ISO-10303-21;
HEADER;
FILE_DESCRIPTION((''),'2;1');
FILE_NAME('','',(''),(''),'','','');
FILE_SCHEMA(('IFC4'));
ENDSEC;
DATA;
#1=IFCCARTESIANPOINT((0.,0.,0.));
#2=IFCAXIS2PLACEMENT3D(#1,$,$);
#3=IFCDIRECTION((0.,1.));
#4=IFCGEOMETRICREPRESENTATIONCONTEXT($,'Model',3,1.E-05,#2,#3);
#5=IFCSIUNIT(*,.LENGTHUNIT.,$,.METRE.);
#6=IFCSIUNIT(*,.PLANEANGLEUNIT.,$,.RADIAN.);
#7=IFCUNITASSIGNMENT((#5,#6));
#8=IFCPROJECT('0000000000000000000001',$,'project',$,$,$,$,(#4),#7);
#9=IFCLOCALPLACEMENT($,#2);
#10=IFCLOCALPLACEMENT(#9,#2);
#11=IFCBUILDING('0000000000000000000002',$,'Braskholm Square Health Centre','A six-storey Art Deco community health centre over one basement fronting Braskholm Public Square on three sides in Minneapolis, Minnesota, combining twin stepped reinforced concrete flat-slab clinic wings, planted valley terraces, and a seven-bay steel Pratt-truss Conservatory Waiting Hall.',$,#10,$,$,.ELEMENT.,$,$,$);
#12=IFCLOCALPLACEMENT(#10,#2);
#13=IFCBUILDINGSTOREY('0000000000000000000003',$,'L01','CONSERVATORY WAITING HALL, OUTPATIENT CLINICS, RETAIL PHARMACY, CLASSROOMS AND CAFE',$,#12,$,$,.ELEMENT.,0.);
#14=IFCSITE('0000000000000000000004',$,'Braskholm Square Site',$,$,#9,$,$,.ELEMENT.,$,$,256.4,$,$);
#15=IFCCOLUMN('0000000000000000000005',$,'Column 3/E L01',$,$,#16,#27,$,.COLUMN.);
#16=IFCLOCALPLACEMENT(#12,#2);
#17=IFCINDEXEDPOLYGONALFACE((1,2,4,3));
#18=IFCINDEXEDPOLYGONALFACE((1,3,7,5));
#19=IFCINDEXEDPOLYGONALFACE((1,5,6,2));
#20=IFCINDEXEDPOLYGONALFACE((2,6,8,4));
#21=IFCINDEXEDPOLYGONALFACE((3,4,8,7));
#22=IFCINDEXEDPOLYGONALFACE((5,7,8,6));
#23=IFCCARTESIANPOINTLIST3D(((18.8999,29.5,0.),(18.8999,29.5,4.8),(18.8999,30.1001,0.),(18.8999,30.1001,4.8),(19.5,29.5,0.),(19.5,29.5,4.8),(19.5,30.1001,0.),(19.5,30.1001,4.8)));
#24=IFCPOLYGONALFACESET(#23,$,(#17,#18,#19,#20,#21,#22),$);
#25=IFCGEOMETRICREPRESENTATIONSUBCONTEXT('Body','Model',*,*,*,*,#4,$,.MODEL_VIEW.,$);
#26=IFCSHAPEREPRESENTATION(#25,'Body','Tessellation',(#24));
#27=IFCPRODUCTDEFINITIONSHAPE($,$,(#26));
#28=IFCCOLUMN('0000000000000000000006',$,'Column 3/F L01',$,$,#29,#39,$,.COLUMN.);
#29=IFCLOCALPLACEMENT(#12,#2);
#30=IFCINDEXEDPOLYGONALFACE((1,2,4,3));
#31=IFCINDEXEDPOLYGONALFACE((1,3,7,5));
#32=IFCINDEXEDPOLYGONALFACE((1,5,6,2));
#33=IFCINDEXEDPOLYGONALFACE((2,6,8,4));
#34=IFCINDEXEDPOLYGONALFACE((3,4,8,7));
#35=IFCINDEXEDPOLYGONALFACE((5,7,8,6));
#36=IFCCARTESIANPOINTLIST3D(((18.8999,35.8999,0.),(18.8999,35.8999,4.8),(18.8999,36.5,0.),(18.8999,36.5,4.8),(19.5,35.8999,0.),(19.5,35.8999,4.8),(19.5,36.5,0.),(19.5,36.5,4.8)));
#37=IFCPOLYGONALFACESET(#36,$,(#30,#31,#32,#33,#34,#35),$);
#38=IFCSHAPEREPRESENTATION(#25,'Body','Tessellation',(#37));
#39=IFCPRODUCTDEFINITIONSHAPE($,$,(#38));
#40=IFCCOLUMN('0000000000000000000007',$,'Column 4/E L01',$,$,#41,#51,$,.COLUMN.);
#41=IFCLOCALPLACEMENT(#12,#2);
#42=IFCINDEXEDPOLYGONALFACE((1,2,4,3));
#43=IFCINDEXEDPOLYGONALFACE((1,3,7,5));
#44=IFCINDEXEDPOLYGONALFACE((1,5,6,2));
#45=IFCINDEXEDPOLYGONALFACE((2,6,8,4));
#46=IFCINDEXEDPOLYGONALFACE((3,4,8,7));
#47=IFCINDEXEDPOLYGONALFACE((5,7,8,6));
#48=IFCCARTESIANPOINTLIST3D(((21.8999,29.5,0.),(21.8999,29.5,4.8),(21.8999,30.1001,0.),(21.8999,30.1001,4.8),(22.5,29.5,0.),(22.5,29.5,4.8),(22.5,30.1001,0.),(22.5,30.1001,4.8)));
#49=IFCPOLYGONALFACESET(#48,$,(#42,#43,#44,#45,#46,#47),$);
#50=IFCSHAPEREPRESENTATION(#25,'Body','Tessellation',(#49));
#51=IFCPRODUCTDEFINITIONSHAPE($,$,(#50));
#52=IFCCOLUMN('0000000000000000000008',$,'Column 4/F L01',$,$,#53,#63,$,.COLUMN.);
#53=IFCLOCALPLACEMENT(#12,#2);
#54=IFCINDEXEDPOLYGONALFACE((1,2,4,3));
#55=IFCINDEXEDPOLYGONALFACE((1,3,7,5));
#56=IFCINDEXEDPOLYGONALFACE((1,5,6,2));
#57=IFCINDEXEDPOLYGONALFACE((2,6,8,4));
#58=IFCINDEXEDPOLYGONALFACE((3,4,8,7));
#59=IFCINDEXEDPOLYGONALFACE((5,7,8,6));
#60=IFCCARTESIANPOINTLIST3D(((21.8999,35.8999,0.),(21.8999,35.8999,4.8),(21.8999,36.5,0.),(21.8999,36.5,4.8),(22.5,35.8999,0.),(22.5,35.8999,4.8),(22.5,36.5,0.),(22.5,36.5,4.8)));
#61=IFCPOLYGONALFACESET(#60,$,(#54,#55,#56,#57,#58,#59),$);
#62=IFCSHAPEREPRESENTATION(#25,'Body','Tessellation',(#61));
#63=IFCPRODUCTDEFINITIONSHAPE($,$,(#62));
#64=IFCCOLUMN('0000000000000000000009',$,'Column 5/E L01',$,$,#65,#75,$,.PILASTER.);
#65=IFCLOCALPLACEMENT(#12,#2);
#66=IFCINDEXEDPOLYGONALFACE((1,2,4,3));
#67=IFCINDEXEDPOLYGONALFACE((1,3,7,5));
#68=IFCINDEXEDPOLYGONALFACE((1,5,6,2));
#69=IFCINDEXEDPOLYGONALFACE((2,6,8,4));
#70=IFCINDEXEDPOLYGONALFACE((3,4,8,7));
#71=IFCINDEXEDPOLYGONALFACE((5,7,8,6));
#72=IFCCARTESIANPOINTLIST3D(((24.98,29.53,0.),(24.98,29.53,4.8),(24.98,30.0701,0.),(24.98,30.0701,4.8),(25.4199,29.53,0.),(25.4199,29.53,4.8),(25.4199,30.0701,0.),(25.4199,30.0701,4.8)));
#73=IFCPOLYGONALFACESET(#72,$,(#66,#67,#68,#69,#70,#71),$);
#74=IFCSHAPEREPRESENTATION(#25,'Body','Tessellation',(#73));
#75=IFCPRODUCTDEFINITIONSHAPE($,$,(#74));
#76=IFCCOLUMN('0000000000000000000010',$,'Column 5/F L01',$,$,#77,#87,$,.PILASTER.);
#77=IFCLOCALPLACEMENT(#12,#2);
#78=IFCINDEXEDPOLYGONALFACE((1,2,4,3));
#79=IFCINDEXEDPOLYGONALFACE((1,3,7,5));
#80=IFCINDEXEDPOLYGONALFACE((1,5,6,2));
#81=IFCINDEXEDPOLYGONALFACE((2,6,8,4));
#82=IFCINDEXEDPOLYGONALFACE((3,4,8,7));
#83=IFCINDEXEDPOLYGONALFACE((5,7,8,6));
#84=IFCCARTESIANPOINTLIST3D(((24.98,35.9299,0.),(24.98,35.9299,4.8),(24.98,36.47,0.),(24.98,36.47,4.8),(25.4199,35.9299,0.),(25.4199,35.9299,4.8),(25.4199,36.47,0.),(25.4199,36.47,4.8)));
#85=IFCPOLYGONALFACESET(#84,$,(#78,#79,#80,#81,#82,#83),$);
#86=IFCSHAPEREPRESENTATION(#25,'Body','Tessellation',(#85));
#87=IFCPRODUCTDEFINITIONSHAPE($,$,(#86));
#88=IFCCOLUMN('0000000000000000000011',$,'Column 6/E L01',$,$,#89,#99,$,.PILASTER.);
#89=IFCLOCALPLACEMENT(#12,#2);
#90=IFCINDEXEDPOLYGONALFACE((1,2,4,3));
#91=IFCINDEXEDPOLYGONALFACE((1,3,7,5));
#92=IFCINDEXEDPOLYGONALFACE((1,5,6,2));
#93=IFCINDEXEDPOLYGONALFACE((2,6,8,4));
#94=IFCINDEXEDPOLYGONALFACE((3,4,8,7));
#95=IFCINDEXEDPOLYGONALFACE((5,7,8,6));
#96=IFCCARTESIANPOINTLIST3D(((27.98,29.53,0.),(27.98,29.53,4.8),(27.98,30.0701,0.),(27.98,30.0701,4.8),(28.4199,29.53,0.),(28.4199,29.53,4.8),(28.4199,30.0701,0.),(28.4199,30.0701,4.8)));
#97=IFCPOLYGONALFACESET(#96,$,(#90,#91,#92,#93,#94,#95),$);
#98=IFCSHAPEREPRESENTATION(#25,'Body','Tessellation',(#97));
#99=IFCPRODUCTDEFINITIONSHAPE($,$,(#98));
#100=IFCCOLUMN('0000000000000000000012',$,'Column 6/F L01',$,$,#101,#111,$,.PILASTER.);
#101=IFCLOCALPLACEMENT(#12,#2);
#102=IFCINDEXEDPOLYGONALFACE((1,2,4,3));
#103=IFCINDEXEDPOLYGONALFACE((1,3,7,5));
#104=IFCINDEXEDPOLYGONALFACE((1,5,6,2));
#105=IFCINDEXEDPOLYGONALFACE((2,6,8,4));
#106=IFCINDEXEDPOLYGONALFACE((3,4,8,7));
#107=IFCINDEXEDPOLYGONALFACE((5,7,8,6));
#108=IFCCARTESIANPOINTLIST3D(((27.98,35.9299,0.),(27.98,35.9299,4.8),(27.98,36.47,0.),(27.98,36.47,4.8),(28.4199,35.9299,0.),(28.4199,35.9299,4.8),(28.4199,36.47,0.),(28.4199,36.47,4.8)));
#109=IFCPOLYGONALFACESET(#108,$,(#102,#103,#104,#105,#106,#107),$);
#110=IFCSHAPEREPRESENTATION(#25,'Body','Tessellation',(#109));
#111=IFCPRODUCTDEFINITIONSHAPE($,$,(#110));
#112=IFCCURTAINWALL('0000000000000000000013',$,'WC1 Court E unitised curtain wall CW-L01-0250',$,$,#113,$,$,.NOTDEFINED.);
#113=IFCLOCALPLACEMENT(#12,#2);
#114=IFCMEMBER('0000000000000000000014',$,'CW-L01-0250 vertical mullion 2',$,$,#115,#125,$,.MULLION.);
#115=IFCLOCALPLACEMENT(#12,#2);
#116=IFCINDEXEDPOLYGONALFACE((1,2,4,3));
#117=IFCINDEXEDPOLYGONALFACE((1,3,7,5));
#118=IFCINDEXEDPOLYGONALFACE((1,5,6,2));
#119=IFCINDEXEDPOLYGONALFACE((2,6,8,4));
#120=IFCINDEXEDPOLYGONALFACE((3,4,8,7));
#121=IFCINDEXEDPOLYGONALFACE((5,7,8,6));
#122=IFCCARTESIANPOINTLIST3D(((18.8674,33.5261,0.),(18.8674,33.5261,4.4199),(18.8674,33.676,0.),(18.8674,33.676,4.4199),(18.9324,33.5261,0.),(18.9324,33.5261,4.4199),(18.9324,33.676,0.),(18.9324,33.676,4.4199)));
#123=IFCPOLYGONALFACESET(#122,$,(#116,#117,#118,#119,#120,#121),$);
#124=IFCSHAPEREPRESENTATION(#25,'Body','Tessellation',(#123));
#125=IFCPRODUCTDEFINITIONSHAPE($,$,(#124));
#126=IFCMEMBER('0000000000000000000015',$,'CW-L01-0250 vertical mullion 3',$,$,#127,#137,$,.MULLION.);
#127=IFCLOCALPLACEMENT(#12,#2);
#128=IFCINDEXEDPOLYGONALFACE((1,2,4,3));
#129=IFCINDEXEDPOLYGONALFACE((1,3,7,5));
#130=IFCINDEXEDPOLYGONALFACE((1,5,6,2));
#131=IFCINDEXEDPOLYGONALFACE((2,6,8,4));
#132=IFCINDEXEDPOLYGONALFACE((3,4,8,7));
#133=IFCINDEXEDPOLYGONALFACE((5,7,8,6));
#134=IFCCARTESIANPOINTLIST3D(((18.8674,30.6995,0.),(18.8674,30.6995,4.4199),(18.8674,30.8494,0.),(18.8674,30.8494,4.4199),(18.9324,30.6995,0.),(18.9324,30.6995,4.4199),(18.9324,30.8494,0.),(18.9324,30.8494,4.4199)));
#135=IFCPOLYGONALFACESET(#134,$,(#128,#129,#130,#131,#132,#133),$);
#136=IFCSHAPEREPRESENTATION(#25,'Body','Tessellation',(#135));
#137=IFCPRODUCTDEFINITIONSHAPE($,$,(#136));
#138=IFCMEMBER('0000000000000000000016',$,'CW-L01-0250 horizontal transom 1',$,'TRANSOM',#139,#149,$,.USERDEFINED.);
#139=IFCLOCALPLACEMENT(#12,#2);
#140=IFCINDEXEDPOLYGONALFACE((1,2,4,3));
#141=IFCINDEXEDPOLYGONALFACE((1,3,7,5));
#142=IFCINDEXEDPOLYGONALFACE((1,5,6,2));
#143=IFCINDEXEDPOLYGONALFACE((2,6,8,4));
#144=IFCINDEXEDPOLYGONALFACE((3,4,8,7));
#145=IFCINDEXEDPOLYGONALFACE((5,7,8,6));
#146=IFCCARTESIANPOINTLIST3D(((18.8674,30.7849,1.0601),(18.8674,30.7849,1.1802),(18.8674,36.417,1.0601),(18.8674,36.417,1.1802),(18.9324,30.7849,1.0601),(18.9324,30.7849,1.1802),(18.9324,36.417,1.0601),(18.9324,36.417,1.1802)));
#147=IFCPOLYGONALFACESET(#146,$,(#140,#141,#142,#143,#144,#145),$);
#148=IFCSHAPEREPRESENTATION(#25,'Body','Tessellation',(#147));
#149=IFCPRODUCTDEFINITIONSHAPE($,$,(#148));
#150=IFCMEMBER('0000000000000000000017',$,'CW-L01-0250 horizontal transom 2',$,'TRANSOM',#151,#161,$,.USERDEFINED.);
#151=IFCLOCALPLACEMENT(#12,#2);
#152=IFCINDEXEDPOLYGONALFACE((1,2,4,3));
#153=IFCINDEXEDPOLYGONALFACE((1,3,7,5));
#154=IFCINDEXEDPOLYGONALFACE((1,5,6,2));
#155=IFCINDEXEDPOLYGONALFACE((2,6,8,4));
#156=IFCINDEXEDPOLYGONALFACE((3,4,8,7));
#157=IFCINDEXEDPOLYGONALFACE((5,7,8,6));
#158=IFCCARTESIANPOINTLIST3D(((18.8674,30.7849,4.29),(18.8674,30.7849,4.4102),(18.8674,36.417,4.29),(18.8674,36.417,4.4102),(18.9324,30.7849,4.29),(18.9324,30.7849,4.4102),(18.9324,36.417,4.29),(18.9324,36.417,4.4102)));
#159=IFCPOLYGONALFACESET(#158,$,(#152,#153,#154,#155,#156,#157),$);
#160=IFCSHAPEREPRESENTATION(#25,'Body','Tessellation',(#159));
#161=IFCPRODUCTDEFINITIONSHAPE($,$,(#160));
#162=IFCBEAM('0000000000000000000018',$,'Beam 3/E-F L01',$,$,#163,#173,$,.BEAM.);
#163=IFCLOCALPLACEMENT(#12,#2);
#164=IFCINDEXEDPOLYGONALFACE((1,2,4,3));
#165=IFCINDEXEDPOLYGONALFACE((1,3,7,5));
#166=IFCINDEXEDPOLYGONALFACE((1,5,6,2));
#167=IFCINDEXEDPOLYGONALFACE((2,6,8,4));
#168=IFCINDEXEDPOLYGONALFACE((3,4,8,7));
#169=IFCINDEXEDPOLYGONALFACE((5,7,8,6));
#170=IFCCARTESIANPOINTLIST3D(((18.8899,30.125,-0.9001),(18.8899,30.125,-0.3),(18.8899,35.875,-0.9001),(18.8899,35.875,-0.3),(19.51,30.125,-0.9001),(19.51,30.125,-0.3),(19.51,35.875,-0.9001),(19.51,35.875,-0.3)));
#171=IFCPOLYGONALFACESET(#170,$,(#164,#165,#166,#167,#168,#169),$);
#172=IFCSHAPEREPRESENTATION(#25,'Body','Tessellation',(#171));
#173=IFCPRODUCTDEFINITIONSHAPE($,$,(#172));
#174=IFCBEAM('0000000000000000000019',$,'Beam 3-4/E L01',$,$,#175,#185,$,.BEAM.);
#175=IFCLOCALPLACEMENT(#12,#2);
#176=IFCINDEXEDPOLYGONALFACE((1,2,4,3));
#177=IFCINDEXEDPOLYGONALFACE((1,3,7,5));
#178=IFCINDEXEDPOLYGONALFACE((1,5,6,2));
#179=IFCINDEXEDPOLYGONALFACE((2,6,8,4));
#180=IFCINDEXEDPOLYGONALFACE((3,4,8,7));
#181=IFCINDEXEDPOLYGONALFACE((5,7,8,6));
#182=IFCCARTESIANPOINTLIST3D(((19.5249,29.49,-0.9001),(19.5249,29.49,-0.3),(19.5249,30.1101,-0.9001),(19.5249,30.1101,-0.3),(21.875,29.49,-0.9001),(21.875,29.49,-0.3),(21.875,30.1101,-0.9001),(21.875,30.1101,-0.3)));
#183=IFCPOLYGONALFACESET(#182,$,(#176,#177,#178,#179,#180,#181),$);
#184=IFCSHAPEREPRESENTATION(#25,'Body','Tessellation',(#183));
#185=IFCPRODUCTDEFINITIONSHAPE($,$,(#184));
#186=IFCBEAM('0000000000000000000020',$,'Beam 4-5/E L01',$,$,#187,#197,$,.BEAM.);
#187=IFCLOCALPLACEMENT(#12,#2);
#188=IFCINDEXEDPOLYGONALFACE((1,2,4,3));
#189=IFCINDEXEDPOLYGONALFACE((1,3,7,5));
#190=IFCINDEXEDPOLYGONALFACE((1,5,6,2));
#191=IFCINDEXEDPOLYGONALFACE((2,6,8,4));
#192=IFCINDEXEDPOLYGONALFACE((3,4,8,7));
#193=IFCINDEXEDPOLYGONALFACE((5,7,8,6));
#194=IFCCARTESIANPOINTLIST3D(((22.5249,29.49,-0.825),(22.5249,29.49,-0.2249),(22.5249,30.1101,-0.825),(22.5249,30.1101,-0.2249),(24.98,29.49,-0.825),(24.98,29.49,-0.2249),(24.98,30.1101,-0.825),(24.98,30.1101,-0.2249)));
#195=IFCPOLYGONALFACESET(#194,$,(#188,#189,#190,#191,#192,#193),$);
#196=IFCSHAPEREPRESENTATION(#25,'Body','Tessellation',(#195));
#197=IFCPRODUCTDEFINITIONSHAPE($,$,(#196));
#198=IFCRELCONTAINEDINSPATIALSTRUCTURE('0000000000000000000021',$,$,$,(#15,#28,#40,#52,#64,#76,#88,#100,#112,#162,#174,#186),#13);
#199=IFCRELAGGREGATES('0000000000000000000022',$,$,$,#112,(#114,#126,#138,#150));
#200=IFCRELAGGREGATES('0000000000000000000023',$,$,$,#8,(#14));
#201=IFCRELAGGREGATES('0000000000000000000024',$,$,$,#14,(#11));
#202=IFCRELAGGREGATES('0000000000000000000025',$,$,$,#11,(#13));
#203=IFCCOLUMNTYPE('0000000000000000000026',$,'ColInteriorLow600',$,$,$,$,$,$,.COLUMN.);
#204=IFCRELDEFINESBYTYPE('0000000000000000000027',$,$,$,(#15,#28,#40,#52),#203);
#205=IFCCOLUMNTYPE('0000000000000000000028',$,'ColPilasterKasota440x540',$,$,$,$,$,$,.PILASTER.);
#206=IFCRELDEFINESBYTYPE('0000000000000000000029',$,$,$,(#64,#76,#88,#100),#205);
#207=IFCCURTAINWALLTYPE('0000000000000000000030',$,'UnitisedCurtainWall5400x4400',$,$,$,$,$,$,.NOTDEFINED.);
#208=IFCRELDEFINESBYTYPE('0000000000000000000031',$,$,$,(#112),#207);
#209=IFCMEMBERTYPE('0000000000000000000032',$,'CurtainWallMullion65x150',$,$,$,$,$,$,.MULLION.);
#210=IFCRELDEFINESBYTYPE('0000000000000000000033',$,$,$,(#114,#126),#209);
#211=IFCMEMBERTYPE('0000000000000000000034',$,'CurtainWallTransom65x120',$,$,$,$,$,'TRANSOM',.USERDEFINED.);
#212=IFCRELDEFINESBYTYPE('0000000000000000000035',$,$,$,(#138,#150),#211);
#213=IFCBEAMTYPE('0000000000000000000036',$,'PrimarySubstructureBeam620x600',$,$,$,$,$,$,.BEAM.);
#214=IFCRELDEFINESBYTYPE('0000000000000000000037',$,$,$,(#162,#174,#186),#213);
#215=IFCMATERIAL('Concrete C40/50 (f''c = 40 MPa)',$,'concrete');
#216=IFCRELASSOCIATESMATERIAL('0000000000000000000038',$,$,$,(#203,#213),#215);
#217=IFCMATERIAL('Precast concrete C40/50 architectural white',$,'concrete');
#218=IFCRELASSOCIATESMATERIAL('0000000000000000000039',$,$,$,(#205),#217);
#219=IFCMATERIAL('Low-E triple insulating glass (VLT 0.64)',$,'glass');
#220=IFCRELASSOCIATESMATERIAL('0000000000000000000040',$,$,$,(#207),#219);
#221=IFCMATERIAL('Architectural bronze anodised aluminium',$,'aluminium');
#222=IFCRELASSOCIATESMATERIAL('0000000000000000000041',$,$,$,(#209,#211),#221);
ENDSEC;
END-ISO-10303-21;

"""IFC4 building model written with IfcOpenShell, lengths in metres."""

from ifc_helpers import new_model, si_unit, direction, frame, origin, origin_2d, place, context, subcontext, project, spatial, rectangle, extrude, material, material_profile, profile_set, type_object, element, aggregate, save


model = new_model("IFC4")

# Units and contexts
model_context = context("Model", 3, precision=1e-05, world=origin(), true_north=direction((0.0, 1.0)))
body_context = subcontext(model_context, "Body", "Model", "MODEL_VIEW")
ifc_project = project(units=[si_unit("LENGTHUNIT", "METRE"), si_unit("PLANEANGLEUNIT", "RADIAN")], contexts=[model_context])

# Site, building, storey
site_placement = place(None, origin())
site = spatial("IfcSite", under=ifc_project, at=site_placement, Name="Braskholm Square Site", CompositionType="ELEMENT", RefElevation=256.4)
building_placement = place(site_placement, origin())
building = spatial("IfcBuilding", under=site, at=building_placement, Name="Braskholm Square Health Centre", Description="A six-storey Art Deco community health centre over one basement fronting Braskholm Public Square on three sides in Minneapolis, Minnesota, combining twin stepped reinforced concrete flat-slab clinic wings, planted valley terraces, and a seven-bay steel Pratt-truss Conservatory Waiting Hall.", CompositionType="ELEMENT")
storey_placement = place(building_placement, origin())
storey = spatial("IfcBuildingStorey", under=building, at=storey_placement, Name="L01", Description="CONSERVATORY WAITING HALL, OUTPATIENT CLINICS, RETAIL PHARMACY, CLASSROOMS AND CAFE", CompositionType="ELEMENT", Elevation=0.0)

# Columns
ifc_material_1 = material(Name="Concrete C40/50 (f'c = 40 MPa)", Category="concrete")
ifc_material_profile_1 = material_profile(ifc_material_1, rectangle(XDim=0.6001, YDim=0.6001, at=origin_2d()), Name="RC-600X600")
ifc_profile_set_1 = profile_set([ifc_material_profile_1], Name="Concrete C40/50 (f'c = 40 MPa)")
column_type_1 = type_object("IfcColumnType", Name="ColInteriorLow600", PredefinedType="COLUMN", material=ifc_profile_set_1)
for number, where, z_axis, x_axis, name in (
    (1, (19.2, 29.8, 0.0), (0.0, 0.0, 1.0), (1.0, 0.0, 0.0), "Column 3/E L01"),
    (2, (19.2, 36.2, 0.0), (0.0, 0.0, 1.0), (1.0, 0.0, 0.0), "Column 3/F L01"),
    (3, (22.2, 29.8, 0.0), (0.0, 0.0, 1.0), (1.0, 0.0, 0.0), "Column 4/E L01"),
    (4, (22.2, 36.2, 0.0), (0.0, 0.0, 1.0), (1.0, 0.0, 0.0), "Column 4/F L01"),
):
    element("IfcColumn", number, at=place(storey_placement, frame(where, z_axis=z_axis, x_axis=x_axis)), inside=storey, type_object=column_type_1, Name=name, PredefinedType="COLUMN", context=body_context, shape_type="SweptSolid", body=[
        extrude(rectangle(XDim=0.6001, YDim=0.6001, at=origin_2d()), origin(), (0.0, 0.0, 1.0), 4.8),
    ])
ifc_material_2 = material(Name="Precast concrete C40/50 architectural white", Category="concrete")
ifc_material_profile_2 = material_profile(ifc_material_2, rectangle(XDim=0.4399, YDim=0.54, at=origin_2d()), Name="RC-440X540")
ifc_profile_set_2 = profile_set([ifc_material_profile_2], Name="Precast concrete C40/50 architectural white")
column_type_2 = type_object("IfcColumnType", Name="ColPilasterKasota440x540", PredefinedType="PILASTER", material=ifc_profile_set_2)
for number, where, z_axis, x_axis, name in (
    (5, (25.2, 29.8, 0.0), (0.0, 0.0, 1.0), (1.0, 0.0, 0.0), "Column 5/E L01"),
    (6, (25.2, 36.2, 0.0), (0.0, 0.0, 1.0), (1.0, 0.0, 0.0), "Column 5/F L01"),
    (7, (28.2, 29.8, 0.0), (0.0, 0.0, 1.0), (1.0, 0.0, 0.0), "Column 6/E L01"),
    (8, (28.2, 36.2, 0.0), (0.0, 0.0, 1.0), (1.0, 0.0, 0.0), "Column 6/F L01"),
):
    element("IfcColumn", number, at=place(storey_placement, frame(where, z_axis=z_axis, x_axis=x_axis)), inside=storey, type_object=column_type_2, Name=name, PredefinedType="PILASTER", context=body_context, shape_type="SweptSolid", body=[
        extrude(rectangle(XDim=0.4399, YDim=0.54, at=origin_2d()), origin(), (0.0, 0.0, 1.0), 4.8),
    ])

# Curtain wall, members
ifc_material_3 = material(Name="Low-E triple insulating glass (VLT 0.64)", Category="glass")
curtain_wall_type = type_object("IfcCurtainWallType", Name="UnitisedCurtainWall5400x4400", PredefinedType="NOTDEFINED", material=ifc_material_3)
curtain_wall_placement = place(storey_placement, origin())
curtain_wall = element("IfcCurtainWall", 9, at=curtain_wall_placement, inside=storey, type_object=curtain_wall_type, Name="WC1 Court E unitised curtain wall CW-L01-0250", PredefinedType="NOTDEFINED")
ifc_material_4 = material(Name="Architectural bronze anodised aluminium", Category="aluminium")
ifc_material_profile_3 = material_profile(ifc_material_4, rectangle(XDim=0.0649, YDim=0.1499, at=origin_2d()), Name="ALU-65X150")
ifc_profile_set_3 = profile_set([ifc_material_profile_3], Name="Architectural bronze anodised aluminium")
member_type_1 = type_object("IfcMemberType", Name="CurtainWallMullion65x150", PredefinedType="MULLION", material=ifc_profile_set_3)
member_1_placement = place(storey_placement, frame((18.8999, 33.6011, 0.0), z_axis=(0.0, 0.0, 1.0), x_axis=(1.0, 0.0, 0.0)))
member_1 = element("IfcMember", 10, at=member_1_placement, type_object=member_type_1, Name="CW-L01-0250 vertical mullion 2", PredefinedType="MULLION", context=body_context, shape_type="SweptSolid", body=[
    extrude(rectangle(XDim=0.0649, YDim=0.1499, at=origin_2d()), origin(), (0.0, 0.0, 1.0), 4.4199),
])
member_2_placement = place(storey_placement, frame((18.8999, 30.7744, 0.0), z_axis=(0.0, 0.0, 1.0), x_axis=(1.0, 0.0, 0.0)))
member_2 = element("IfcMember", 11, at=member_2_placement, type_object=member_type_1, Name="CW-L01-0250 vertical mullion 3", PredefinedType="MULLION", context=body_context, shape_type="SweptSolid", body=[
    extrude(rectangle(XDim=0.0649, YDim=0.1499, at=origin_2d()), origin(), (0.0, 0.0, 1.0), 4.4199),
])
ifc_material_profile_4 = material_profile(ifc_material_4, rectangle(XDim=0.0649, YDim=0.1201, at=origin_2d()), Name="ALU-65X120")
ifc_profile_set_4 = profile_set([ifc_material_profile_4], Name="Architectural bronze anodised aluminium")
member_type_2 = type_object("IfcMemberType", Name="CurtainWallTransom65x120", ElementType="TRANSOM", PredefinedType="USERDEFINED", material=ifc_profile_set_4)
member_3_placement = place(storey_placement, frame((18.8999, 36.417, 1.1201), z_axis=(0.0, -1.0, 0.0), x_axis=(1.0, 0.0, 0.0)))
member_3 = element("IfcMember", 12, at=member_3_placement, type_object=member_type_2, Name="CW-L01-0250 horizontal transom 1", ObjectType="TRANSOM", PredefinedType="USERDEFINED", context=body_context, shape_type="SweptSolid", body=[
    extrude(rectangle(XDim=0.0649, YDim=0.1201, at=origin_2d()), origin(), (0.0, 0.0, 1.0), 5.6321),
])
member_4_placement = place(storey_placement, frame((18.8999, 36.417, 4.3501), z_axis=(0.0, -1.0, 0.0), x_axis=(1.0, 0.0, 0.0)))
member_4 = element("IfcMember", 13, at=member_4_placement, type_object=member_type_2, Name="CW-L01-0250 horizontal transom 2", ObjectType="TRANSOM", PredefinedType="USERDEFINED", context=body_context, shape_type="SweptSolid", body=[
    extrude(rectangle(XDim=0.0649, YDim=0.1201, at=origin_2d()), origin(), (0.0, 0.0, 1.0), 5.6321),
])

# Beams
ifc_material_profile_5 = material_profile(ifc_material_1, rectangle(XDim=0.6201, YDim=0.6001, at=origin_2d()), Name="RCB-620X600")
ifc_profile_set_5 = profile_set([ifc_material_profile_5], Name="Concrete C40/50 (f'c = 40 MPa)")
beam_type_1 = type_object("IfcBeamType", Name="PrimarySubstructureBeam620x600", PredefinedType="BEAM", material=ifc_profile_set_5)
beam_1_placement = place(storey_placement, frame((19.2, 30.125, -0.6001), z_axis=(0.0, 1.0, 0.0), x_axis=(-1.0, 0.0, 0.0)))
element("IfcBeam", 14, at=beam_1_placement, inside=storey, type_object=beam_type_1, Name="Beam 3/E-F L01", PredefinedType="BEAM", context=body_context, shape_type="SweptSolid", body=[
    extrude(rectangle(XDim=0.6201, YDim=0.6001, at=origin_2d()), origin(), (0.0, 0.0, 1.0), 5.75),
])
beam_2_placement = place(storey_placement, frame((19.5249, 29.8, -0.6001), z_axis=(1.0, 0.0, 0.0), x_axis=(0.0, 1.0, 0.0)))
element("IfcBeam", 15, at=beam_2_placement, inside=storey, type_object=beam_type_1, Name="Beam 3-4/E L01", PredefinedType="BEAM", context=body_context, shape_type="SweptSolid", body=[
    extrude(rectangle(XDim=0.6201, YDim=0.6001, at=origin_2d()), origin(), (0.0, 0.0, 1.0), 2.3501),
])
beam_3_placement = place(storey_placement, frame((22.5249, 29.8, -0.5249), z_axis=(1.0, 0.0, 0.0), x_axis=(0.0, 1.0, 0.0)))
element("IfcBeam", 16, at=beam_3_placement, inside=storey, type_object=beam_type_1, Name="Beam 4-5/E L01", PredefinedType="BEAM", context=body_context, shape_type="SweptSolid", body=[
    extrude(rectangle(XDim=0.6201, YDim=0.6001, at=origin_2d()), origin(), (0.0, 0.0, 1.0), 2.4551),
])

aggregate(curtain_wall, [member_1, member_2, member_3, member_4])

save(model, "model.ifc")
